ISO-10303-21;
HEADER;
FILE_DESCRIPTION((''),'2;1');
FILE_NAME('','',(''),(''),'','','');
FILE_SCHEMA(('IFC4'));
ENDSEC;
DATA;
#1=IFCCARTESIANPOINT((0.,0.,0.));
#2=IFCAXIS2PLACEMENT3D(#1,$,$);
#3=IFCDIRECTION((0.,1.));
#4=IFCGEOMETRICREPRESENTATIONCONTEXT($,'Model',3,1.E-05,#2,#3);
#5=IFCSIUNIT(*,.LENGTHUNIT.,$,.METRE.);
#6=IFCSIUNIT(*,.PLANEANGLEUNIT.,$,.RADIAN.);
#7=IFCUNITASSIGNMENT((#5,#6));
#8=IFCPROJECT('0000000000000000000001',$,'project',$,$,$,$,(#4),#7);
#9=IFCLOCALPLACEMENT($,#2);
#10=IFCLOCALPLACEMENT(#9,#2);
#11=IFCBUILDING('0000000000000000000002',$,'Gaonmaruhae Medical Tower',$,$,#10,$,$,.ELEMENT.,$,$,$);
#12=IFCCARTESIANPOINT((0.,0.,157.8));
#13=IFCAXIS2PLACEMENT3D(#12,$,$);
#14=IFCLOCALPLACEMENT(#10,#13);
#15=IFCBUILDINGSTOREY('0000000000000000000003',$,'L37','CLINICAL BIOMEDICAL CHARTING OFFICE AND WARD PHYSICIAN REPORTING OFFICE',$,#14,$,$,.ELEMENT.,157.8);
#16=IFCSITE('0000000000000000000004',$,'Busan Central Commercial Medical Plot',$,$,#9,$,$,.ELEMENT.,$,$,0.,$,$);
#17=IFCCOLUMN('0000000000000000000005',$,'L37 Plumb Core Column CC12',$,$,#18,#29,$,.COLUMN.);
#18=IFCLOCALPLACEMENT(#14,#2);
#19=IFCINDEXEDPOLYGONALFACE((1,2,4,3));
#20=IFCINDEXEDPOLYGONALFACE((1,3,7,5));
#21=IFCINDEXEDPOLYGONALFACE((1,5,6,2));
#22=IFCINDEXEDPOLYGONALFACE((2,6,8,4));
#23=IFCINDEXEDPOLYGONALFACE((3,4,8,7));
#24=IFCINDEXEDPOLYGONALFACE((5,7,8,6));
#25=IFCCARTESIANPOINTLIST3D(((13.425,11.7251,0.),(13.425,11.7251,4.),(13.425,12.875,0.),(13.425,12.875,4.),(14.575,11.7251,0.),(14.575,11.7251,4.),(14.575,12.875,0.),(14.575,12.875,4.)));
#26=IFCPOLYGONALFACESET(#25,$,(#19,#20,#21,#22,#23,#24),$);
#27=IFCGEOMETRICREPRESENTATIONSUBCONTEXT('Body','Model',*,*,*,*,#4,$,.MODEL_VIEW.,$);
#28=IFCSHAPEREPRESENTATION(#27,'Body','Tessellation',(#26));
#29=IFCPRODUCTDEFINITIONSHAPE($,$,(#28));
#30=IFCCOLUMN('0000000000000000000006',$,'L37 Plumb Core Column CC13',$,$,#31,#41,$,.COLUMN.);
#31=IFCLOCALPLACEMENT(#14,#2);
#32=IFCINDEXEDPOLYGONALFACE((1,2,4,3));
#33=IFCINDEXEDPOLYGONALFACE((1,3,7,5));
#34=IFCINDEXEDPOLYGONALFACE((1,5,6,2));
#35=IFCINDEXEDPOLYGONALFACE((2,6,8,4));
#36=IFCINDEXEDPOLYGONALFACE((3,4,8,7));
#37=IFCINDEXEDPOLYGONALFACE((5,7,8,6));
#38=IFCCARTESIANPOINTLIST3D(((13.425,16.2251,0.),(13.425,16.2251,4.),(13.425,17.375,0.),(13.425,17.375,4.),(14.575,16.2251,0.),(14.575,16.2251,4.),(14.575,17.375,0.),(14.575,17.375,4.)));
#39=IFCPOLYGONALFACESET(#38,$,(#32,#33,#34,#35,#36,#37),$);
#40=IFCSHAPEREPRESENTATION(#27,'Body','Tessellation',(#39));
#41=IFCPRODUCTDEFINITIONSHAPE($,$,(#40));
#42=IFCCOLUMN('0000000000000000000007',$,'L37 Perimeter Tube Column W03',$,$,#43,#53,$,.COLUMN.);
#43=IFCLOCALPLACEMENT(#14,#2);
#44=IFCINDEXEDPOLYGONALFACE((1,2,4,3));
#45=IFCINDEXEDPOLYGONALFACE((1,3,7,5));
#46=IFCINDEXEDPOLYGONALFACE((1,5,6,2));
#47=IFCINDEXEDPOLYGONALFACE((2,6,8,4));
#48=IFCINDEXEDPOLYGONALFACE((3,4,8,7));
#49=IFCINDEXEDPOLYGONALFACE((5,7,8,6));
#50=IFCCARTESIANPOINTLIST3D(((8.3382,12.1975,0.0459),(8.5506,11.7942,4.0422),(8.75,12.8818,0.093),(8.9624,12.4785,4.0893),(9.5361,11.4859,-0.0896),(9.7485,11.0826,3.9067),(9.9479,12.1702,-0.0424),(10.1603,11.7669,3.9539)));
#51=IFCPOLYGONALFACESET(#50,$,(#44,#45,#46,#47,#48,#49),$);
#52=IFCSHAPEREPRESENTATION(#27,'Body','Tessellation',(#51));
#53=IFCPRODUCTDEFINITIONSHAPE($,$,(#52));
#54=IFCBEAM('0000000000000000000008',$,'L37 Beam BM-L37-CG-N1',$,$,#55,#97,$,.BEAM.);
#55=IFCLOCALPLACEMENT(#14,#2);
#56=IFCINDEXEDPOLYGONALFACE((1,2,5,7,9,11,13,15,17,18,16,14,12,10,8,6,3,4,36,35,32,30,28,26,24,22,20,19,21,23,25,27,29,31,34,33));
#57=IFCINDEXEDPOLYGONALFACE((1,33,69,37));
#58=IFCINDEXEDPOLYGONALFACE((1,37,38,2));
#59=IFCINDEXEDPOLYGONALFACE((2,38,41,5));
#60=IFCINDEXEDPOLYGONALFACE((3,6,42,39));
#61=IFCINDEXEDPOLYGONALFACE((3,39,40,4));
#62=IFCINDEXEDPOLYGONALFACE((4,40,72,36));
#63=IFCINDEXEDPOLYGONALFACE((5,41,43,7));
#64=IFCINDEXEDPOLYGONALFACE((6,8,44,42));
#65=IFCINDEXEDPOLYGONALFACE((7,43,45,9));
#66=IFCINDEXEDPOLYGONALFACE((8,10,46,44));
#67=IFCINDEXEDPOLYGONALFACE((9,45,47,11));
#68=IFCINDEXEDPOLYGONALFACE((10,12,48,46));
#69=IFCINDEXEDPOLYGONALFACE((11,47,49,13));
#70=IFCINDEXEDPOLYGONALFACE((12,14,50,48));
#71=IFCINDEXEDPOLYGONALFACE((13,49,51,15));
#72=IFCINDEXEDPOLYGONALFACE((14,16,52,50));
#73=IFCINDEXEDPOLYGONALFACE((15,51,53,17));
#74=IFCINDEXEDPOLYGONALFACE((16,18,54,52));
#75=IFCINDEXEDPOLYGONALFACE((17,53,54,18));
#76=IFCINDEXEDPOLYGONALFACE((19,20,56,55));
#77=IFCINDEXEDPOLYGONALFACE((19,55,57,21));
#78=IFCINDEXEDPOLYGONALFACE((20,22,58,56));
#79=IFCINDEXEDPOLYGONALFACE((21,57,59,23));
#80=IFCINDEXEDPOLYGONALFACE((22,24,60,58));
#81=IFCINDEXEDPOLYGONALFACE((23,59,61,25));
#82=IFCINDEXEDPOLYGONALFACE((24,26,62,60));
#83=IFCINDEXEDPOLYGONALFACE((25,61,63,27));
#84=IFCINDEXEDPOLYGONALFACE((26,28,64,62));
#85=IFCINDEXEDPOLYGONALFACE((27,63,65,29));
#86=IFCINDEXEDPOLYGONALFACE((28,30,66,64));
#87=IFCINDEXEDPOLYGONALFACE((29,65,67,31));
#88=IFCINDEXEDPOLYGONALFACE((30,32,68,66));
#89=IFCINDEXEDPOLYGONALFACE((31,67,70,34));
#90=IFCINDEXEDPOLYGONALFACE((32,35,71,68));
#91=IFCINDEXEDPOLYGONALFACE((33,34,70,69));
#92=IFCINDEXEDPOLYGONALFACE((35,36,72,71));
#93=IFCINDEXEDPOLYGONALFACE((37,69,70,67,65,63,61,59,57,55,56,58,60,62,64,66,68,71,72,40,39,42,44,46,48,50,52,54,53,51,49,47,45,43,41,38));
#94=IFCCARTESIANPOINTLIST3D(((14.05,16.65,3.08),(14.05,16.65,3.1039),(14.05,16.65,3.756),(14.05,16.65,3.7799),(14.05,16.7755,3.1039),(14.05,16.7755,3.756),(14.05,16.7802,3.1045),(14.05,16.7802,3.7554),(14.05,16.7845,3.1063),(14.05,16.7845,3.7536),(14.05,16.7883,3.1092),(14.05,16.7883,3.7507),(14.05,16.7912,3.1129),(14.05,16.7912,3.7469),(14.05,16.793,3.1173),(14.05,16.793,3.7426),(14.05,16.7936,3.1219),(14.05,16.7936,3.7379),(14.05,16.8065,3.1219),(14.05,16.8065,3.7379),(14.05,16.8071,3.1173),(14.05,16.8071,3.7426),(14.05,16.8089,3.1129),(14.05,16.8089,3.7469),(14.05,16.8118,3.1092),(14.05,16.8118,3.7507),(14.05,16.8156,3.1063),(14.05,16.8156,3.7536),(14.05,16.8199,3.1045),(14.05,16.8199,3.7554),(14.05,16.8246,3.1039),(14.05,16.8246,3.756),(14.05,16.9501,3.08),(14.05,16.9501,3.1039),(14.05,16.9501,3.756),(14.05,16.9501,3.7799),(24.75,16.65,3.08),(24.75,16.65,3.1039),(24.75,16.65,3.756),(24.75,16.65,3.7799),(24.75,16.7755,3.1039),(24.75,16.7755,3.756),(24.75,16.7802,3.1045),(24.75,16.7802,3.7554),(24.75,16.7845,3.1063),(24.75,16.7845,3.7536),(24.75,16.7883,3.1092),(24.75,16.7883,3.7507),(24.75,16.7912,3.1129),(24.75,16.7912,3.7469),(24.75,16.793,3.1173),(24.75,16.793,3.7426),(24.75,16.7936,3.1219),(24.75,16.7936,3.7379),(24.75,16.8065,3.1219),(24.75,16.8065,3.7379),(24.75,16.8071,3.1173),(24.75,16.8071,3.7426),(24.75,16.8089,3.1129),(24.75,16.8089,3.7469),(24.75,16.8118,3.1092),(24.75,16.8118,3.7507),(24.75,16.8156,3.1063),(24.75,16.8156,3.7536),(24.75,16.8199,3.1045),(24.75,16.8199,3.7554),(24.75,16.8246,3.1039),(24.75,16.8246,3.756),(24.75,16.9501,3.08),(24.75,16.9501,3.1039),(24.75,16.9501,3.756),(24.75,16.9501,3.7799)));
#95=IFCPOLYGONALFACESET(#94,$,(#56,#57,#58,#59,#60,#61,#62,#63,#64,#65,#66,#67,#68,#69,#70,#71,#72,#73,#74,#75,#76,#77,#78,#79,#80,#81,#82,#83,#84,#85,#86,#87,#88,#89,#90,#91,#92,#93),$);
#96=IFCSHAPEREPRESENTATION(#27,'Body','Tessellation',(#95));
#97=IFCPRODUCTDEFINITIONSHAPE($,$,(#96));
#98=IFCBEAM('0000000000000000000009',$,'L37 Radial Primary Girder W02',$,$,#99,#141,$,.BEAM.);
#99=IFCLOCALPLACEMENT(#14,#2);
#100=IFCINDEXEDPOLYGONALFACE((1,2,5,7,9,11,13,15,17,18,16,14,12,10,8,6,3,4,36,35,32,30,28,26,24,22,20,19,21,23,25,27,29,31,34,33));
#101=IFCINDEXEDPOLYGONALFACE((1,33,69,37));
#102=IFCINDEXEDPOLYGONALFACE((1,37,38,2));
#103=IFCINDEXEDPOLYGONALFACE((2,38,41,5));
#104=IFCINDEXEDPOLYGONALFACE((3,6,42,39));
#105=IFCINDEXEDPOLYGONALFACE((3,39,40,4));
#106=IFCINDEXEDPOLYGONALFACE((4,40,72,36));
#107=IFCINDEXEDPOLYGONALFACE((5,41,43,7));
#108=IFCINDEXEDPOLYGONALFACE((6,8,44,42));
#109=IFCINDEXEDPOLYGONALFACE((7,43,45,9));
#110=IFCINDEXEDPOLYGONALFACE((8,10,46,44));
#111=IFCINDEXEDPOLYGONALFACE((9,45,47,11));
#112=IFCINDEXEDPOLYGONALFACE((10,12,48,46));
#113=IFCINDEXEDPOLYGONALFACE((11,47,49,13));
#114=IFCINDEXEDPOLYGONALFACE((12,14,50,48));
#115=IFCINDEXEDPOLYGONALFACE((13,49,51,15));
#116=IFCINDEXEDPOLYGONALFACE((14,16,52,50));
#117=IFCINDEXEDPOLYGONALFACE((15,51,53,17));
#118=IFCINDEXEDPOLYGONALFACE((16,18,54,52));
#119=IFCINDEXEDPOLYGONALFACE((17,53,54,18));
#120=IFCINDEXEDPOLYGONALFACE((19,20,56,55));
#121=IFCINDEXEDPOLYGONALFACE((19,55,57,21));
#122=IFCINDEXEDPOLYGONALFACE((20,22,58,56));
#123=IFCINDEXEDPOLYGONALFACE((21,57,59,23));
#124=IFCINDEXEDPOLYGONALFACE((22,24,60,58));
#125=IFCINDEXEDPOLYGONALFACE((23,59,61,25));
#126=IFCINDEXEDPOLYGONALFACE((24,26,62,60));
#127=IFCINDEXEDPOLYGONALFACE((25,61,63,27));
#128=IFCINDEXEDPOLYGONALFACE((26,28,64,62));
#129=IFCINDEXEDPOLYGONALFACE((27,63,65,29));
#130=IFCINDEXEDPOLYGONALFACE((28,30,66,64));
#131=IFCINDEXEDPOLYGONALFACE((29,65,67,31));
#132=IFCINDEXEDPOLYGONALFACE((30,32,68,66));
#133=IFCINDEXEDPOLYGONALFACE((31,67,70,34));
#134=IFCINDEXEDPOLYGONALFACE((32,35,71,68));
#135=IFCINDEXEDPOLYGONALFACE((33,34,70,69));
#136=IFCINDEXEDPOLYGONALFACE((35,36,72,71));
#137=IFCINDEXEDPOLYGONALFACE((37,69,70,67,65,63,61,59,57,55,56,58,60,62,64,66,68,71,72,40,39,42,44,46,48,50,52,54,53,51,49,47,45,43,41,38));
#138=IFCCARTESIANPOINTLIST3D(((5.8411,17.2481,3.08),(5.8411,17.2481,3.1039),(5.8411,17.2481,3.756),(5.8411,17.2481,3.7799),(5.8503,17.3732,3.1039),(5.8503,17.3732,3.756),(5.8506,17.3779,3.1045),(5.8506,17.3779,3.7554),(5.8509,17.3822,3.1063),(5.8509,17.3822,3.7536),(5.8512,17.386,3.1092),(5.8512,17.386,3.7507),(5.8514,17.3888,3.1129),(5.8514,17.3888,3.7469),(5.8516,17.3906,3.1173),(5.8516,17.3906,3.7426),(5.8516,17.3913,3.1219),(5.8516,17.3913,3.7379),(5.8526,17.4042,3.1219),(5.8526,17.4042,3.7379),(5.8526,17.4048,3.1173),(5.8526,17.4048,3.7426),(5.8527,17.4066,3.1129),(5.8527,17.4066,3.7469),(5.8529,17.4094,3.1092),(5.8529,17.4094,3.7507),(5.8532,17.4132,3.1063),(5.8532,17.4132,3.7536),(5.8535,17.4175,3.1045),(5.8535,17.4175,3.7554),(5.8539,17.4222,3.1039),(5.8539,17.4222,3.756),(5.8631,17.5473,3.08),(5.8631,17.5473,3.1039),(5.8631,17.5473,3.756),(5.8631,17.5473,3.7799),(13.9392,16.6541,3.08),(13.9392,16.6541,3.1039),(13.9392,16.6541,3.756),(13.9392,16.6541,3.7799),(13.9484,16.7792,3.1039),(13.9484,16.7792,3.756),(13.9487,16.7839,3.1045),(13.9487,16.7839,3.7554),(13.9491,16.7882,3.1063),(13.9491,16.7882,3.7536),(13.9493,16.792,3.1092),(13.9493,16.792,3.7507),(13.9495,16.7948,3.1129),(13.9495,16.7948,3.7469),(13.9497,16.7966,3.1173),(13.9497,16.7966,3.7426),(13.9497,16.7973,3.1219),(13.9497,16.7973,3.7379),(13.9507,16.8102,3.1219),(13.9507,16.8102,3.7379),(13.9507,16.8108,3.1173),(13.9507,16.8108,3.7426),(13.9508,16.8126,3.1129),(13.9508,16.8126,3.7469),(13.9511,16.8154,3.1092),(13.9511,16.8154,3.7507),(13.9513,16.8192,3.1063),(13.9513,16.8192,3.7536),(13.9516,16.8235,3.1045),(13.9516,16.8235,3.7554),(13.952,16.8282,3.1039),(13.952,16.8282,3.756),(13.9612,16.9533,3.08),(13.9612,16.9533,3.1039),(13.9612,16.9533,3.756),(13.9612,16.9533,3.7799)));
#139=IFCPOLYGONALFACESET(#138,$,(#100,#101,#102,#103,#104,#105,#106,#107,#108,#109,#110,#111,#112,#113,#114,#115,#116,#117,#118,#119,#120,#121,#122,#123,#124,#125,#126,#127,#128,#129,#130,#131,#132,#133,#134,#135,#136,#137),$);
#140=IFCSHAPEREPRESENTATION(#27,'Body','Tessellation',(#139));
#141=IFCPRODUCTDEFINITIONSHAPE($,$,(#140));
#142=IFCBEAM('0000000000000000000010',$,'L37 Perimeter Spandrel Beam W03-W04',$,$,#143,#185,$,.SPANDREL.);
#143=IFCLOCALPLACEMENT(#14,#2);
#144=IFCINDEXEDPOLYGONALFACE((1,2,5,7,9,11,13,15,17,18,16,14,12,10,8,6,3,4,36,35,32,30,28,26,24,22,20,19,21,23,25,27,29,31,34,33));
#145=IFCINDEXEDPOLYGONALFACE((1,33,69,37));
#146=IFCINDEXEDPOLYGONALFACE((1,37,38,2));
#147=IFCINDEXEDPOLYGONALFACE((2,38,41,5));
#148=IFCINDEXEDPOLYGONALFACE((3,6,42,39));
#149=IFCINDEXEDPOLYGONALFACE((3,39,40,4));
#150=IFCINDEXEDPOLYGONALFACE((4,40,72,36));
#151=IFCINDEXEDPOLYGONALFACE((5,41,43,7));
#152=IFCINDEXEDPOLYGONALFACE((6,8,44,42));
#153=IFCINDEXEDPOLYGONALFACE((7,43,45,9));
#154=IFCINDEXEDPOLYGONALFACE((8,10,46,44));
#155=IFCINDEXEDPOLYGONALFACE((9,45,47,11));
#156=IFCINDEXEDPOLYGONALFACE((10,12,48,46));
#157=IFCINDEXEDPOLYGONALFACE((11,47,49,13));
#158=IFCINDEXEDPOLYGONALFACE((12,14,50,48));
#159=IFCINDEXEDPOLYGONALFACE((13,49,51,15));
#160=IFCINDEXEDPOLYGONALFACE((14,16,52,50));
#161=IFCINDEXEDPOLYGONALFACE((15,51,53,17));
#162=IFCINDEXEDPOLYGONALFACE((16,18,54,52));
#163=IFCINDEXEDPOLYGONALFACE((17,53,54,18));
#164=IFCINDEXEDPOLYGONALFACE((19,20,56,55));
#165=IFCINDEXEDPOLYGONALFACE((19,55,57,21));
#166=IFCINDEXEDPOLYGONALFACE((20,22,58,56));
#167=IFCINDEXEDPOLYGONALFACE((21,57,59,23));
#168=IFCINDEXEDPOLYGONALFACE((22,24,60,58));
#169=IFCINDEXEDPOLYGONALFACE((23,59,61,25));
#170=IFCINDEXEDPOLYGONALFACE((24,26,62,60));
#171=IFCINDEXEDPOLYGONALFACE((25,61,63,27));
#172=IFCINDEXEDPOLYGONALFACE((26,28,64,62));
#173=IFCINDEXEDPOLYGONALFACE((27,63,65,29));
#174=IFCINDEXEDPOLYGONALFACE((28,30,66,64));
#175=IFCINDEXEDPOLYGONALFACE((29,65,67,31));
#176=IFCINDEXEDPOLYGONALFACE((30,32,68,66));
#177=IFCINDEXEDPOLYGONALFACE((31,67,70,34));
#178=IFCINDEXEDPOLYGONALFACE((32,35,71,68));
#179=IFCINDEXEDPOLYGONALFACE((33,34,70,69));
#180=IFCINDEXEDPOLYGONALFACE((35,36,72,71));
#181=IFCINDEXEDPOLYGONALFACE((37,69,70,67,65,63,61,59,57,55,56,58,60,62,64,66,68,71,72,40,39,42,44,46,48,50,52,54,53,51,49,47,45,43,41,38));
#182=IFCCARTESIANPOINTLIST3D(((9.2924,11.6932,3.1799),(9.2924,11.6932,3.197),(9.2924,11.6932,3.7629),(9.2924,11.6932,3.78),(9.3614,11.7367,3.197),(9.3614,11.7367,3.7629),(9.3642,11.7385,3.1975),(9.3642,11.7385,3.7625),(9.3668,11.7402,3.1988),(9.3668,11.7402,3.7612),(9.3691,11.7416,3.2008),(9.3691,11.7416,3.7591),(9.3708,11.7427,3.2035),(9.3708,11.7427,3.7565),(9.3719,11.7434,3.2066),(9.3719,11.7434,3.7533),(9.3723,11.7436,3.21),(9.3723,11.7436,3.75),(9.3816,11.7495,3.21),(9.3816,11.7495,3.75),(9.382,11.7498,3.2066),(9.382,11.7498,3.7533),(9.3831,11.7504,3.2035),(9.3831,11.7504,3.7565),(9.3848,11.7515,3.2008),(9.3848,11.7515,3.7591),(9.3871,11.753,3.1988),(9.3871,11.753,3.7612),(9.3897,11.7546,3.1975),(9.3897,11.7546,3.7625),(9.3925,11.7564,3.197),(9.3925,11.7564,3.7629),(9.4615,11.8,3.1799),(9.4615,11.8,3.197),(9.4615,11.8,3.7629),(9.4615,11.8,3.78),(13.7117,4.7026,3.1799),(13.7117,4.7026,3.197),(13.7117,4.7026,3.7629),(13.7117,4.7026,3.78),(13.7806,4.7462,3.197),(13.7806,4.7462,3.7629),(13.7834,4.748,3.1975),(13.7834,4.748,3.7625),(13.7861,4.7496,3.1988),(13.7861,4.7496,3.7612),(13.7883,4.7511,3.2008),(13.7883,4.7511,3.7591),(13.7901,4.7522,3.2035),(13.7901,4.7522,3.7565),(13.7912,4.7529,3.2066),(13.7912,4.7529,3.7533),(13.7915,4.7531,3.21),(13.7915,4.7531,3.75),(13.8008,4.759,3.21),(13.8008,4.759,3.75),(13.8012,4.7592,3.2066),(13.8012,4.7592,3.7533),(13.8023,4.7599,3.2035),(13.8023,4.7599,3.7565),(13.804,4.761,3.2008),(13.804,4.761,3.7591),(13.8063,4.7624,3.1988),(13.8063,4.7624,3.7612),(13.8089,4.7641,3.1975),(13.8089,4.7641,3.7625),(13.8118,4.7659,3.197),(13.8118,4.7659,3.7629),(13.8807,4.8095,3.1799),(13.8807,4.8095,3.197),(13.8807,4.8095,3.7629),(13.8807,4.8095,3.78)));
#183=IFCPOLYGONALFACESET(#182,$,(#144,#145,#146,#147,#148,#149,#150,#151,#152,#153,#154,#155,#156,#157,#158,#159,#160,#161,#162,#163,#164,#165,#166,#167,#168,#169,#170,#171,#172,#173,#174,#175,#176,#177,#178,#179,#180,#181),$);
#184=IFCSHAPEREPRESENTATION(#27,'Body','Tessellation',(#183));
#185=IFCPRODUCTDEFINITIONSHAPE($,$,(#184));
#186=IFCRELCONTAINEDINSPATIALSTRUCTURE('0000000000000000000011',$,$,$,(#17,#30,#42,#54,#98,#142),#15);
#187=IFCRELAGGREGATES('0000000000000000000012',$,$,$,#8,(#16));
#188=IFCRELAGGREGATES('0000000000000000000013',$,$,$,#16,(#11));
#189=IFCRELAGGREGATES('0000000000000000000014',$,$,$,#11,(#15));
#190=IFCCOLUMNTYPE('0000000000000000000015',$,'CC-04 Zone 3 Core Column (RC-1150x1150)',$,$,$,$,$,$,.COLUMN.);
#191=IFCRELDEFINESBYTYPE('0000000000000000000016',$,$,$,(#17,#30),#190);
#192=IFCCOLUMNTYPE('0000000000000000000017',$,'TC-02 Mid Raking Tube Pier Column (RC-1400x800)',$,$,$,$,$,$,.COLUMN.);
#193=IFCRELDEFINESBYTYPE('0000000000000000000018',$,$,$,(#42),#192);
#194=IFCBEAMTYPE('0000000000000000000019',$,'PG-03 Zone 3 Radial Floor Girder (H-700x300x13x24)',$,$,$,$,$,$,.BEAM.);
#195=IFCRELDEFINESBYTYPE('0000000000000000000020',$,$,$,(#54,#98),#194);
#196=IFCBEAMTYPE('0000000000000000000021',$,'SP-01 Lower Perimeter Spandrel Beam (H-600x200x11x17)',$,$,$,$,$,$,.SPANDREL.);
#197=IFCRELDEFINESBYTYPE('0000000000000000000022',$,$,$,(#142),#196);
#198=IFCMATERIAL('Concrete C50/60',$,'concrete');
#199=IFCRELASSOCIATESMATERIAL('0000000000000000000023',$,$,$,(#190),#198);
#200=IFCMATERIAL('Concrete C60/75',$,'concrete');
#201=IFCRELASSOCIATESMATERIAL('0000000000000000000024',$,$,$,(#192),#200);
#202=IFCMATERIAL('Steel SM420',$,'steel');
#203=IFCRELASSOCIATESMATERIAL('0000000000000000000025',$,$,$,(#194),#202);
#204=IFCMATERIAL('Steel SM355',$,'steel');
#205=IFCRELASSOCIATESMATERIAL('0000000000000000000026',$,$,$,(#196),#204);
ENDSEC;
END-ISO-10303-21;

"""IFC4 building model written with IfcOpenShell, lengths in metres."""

from ifc_helpers import new_model, si_unit, direction, frame, origin, origin_2d, place, context, subcontext, project, spatial, rectangle, i_section, extrude, material, material_profile, profile_set, type_object, element, save


model = new_model("IFC4")

# Units and contexts
model_context = context("Model", 3, precision=1e-05, world=origin(), true_north=direction((0.0, 1.0)))
body_context = subcontext(model_context, "Body", "Model", "MODEL_VIEW")
ifc_project = project(units=[si_unit("LENGTHUNIT", "METRE"), si_unit("PLANEANGLEUNIT", "RADIAN")], contexts=[model_context])

# Site, building, storey
site_placement = place(None, origin())
site = spatial("IfcSite", under=ifc_project, at=site_placement, Name="Busan Central Commercial Medical Plot", CompositionType="ELEMENT", RefElevation=0.0)
building_placement = place(site_placement, origin())
building = spatial("IfcBuilding", under=site, at=building_placement, Name="Gaonmaruhae Medical Tower", CompositionType="ELEMENT")
storey_placement = place(building_placement, frame((0.0, 0.0, 157.8)))
storey = spatial("IfcBuildingStorey", under=building, at=storey_placement, Name="L37", Description="CLINICAL BIOMEDICAL CHARTING OFFICE AND WARD PHYSICIAN REPORTING OFFICE", CompositionType="ELEMENT", Elevation=157.8)

# Columns
ifc_material_1 = material(Name="Concrete C50/60", Category="concrete")
ifc_material_profile_1 = material_profile(ifc_material_1, rectangle(XDim=1.1499, YDim=1.1499, at=origin_2d()), Name="RC-1150x1150")
ifc_profile_set_1 = profile_set([ifc_material_profile_1], Name="Concrete C50/60")
column_type_1 = type_object("IfcColumnType", Name="CC-04 Zone 3 Core Column (RC-1150x1150)", PredefinedType="COLUMN", material=ifc_profile_set_1)
for number, where, z_axis, x_axis, name in (
    (1, (14.0, 12.3, 0.0), (0.0, 0.0, 1.0), (1.0, 0.0, 0.0), "L37 Plumb Core Column CC12"),
    (2, (14.0, 16.8, 0.0), (0.0, 0.0, 1.0), (1.0, 0.0, 0.0), "L37 Plumb Core Column CC13"),
):
    element("IfcColumn", number, at=place(storey_placement, frame(where, z_axis=z_axis, x_axis=x_axis)), inside=storey, type_object=column_type_1, Name=name, PredefinedType="COLUMN", context=body_context, shape_type="SweptSolid", body=[
        extrude(rectangle(XDim=1.1499, YDim=1.1499, at=origin_2d()), origin(), (0.0, 0.0, 1.0), 4.0),
    ])
ifc_material_2 = material(Name="Concrete C60/75", Category="concrete")
ifc_material_profile_2 = material_profile(ifc_material_2, rectangle(XDim=1.3999, YDim=0.8, at=origin_2d()), Name="RC-1400x800")
ifc_profile_set_2 = profile_set([ifc_material_profile_2], Name="Concrete C60/75")
column_type_2 = type_object("IfcColumnType", Name="TC-02 Mid Raking Tube Pier Column (RC-1400x800)", PredefinedType="COLUMN", material=ifc_profile_set_2)
column_placement = place(storey_placement, frame((9.1431, 12.1838, 0.0017), z_axis=(0.052807, -0.100272, 0.993558), x_axis=(-0.855706, 0.508331, 0.096782)))
element("IfcColumn", 3, at=column_placement, inside=storey, type_object=column_type_2, Name="L37 Perimeter Tube Column W03", PredefinedType="COLUMN", context=body_context, shape_type="SweptSolid", body=[
    extrude(rectangle(XDim=1.3999, YDim=0.8, at=origin_2d()), origin(), (0.0, 0.0, 1.0), 4.0222),
])

# Beams
ifc_material_3 = material(Name="Steel SM420", Category="steel")
ifc_material_profile_3 = material_profile(ifc_material_3, i_section(OverallWidth=0.3, OverallDepth=0.7, WebThickness=0.0129, FlangeThickness=0.0239, FilletRadius=0.0181, at=origin_2d()), Name="H-700x300x13x24")
ifc_profile_set_3 = profile_set([ifc_material_profile_3], Name="Steel SM420")
beam_type_1 = type_object("IfcBeamType", Name="PG-03 Zone 3 Radial Floor Girder (H-700x300x13x24)", PredefinedType="BEAM", material=ifc_profile_set_3)
beam_1_placement = place(storey_placement, frame((14.05, 16.8, 3.4299), z_axis=(1.0, 0.0, 0.0), x_axis=(0.0, 1.0, 0.0)))
element("IfcBeam", 4, at=beam_1_placement, inside=storey, type_object=beam_type_1, Name="L37 Beam BM-L37-CG-N1", PredefinedType="BEAM", context=body_context, shape_type="SweptSolid", body=[
    extrude(i_section(OverallWidth=0.3, OverallDepth=0.7, WebThickness=0.0129, FlangeThickness=0.0239, FilletRadius=0.0181, at=origin_2d()), origin(), (0.0, 0.0, 1.0), 10.7),
])
beam_2_placement = place(storey_placement, frame((13.9502, 16.8037, 3.4299), z_axis=(-0.997321, 0.073153, 0.0), x_axis=(-0.073153, -0.997321, 0.0)))
element("IfcBeam", 5, at=beam_2_placement, inside=storey, type_object=beam_type_1, Name="L37 Radial Primary Girder W02", PredefinedType="BEAM", context=body_context, shape_type="SweptSolid", body=[
    extrude(i_section(OverallWidth=0.3, OverallDepth=0.7, WebThickness=0.0129, FlangeThickness=0.0239, FilletRadius=0.0181, at=origin_2d()), origin(), (0.0, 0.0, 1.0), 8.1199),
])
ifc_material_4 = material(Name="Steel SM355", Category="steel")
ifc_material_profile_4 = material_profile(ifc_material_4, i_section(OverallWidth=0.2, OverallDepth=0.6001, WebThickness=0.011, FlangeThickness=0.0171, FilletRadius=0.0129, at=origin_2d()), Name="H-600x200x11x17")
ifc_profile_set_4 = profile_set([ifc_material_profile_4], Name="Steel SM355")
beam_type_2 = type_object("IfcBeamType", Name="SP-01 Lower Perimeter Spandrel Beam (H-600x200x11x17)", PredefinedType="SPANDREL", material=ifc_profile_set_4)
beam_3_placement = place(storey_placement, frame((9.377, 11.7466, 3.48), z_axis=(0.534352, -0.845262, 0.0), x_axis=(0.845262, 0.534352, 0.0)))
element("IfcBeam", 6, at=beam_3_placement, inside=storey, type_object=beam_type_2, Name="L37 Perimeter Spandrel Beam W03-W04", PredefinedType="SPANDREL", context=body_context, shape_type="SweptSolid", body=[
    extrude(i_section(OverallWidth=0.2, OverallDepth=0.6001, WebThickness=0.011, FlangeThickness=0.0171, FilletRadius=0.0129, at=origin_2d()), origin(), (0.0, 0.0, 1.0), 8.2703),
])

save(model, "model.ifc")
